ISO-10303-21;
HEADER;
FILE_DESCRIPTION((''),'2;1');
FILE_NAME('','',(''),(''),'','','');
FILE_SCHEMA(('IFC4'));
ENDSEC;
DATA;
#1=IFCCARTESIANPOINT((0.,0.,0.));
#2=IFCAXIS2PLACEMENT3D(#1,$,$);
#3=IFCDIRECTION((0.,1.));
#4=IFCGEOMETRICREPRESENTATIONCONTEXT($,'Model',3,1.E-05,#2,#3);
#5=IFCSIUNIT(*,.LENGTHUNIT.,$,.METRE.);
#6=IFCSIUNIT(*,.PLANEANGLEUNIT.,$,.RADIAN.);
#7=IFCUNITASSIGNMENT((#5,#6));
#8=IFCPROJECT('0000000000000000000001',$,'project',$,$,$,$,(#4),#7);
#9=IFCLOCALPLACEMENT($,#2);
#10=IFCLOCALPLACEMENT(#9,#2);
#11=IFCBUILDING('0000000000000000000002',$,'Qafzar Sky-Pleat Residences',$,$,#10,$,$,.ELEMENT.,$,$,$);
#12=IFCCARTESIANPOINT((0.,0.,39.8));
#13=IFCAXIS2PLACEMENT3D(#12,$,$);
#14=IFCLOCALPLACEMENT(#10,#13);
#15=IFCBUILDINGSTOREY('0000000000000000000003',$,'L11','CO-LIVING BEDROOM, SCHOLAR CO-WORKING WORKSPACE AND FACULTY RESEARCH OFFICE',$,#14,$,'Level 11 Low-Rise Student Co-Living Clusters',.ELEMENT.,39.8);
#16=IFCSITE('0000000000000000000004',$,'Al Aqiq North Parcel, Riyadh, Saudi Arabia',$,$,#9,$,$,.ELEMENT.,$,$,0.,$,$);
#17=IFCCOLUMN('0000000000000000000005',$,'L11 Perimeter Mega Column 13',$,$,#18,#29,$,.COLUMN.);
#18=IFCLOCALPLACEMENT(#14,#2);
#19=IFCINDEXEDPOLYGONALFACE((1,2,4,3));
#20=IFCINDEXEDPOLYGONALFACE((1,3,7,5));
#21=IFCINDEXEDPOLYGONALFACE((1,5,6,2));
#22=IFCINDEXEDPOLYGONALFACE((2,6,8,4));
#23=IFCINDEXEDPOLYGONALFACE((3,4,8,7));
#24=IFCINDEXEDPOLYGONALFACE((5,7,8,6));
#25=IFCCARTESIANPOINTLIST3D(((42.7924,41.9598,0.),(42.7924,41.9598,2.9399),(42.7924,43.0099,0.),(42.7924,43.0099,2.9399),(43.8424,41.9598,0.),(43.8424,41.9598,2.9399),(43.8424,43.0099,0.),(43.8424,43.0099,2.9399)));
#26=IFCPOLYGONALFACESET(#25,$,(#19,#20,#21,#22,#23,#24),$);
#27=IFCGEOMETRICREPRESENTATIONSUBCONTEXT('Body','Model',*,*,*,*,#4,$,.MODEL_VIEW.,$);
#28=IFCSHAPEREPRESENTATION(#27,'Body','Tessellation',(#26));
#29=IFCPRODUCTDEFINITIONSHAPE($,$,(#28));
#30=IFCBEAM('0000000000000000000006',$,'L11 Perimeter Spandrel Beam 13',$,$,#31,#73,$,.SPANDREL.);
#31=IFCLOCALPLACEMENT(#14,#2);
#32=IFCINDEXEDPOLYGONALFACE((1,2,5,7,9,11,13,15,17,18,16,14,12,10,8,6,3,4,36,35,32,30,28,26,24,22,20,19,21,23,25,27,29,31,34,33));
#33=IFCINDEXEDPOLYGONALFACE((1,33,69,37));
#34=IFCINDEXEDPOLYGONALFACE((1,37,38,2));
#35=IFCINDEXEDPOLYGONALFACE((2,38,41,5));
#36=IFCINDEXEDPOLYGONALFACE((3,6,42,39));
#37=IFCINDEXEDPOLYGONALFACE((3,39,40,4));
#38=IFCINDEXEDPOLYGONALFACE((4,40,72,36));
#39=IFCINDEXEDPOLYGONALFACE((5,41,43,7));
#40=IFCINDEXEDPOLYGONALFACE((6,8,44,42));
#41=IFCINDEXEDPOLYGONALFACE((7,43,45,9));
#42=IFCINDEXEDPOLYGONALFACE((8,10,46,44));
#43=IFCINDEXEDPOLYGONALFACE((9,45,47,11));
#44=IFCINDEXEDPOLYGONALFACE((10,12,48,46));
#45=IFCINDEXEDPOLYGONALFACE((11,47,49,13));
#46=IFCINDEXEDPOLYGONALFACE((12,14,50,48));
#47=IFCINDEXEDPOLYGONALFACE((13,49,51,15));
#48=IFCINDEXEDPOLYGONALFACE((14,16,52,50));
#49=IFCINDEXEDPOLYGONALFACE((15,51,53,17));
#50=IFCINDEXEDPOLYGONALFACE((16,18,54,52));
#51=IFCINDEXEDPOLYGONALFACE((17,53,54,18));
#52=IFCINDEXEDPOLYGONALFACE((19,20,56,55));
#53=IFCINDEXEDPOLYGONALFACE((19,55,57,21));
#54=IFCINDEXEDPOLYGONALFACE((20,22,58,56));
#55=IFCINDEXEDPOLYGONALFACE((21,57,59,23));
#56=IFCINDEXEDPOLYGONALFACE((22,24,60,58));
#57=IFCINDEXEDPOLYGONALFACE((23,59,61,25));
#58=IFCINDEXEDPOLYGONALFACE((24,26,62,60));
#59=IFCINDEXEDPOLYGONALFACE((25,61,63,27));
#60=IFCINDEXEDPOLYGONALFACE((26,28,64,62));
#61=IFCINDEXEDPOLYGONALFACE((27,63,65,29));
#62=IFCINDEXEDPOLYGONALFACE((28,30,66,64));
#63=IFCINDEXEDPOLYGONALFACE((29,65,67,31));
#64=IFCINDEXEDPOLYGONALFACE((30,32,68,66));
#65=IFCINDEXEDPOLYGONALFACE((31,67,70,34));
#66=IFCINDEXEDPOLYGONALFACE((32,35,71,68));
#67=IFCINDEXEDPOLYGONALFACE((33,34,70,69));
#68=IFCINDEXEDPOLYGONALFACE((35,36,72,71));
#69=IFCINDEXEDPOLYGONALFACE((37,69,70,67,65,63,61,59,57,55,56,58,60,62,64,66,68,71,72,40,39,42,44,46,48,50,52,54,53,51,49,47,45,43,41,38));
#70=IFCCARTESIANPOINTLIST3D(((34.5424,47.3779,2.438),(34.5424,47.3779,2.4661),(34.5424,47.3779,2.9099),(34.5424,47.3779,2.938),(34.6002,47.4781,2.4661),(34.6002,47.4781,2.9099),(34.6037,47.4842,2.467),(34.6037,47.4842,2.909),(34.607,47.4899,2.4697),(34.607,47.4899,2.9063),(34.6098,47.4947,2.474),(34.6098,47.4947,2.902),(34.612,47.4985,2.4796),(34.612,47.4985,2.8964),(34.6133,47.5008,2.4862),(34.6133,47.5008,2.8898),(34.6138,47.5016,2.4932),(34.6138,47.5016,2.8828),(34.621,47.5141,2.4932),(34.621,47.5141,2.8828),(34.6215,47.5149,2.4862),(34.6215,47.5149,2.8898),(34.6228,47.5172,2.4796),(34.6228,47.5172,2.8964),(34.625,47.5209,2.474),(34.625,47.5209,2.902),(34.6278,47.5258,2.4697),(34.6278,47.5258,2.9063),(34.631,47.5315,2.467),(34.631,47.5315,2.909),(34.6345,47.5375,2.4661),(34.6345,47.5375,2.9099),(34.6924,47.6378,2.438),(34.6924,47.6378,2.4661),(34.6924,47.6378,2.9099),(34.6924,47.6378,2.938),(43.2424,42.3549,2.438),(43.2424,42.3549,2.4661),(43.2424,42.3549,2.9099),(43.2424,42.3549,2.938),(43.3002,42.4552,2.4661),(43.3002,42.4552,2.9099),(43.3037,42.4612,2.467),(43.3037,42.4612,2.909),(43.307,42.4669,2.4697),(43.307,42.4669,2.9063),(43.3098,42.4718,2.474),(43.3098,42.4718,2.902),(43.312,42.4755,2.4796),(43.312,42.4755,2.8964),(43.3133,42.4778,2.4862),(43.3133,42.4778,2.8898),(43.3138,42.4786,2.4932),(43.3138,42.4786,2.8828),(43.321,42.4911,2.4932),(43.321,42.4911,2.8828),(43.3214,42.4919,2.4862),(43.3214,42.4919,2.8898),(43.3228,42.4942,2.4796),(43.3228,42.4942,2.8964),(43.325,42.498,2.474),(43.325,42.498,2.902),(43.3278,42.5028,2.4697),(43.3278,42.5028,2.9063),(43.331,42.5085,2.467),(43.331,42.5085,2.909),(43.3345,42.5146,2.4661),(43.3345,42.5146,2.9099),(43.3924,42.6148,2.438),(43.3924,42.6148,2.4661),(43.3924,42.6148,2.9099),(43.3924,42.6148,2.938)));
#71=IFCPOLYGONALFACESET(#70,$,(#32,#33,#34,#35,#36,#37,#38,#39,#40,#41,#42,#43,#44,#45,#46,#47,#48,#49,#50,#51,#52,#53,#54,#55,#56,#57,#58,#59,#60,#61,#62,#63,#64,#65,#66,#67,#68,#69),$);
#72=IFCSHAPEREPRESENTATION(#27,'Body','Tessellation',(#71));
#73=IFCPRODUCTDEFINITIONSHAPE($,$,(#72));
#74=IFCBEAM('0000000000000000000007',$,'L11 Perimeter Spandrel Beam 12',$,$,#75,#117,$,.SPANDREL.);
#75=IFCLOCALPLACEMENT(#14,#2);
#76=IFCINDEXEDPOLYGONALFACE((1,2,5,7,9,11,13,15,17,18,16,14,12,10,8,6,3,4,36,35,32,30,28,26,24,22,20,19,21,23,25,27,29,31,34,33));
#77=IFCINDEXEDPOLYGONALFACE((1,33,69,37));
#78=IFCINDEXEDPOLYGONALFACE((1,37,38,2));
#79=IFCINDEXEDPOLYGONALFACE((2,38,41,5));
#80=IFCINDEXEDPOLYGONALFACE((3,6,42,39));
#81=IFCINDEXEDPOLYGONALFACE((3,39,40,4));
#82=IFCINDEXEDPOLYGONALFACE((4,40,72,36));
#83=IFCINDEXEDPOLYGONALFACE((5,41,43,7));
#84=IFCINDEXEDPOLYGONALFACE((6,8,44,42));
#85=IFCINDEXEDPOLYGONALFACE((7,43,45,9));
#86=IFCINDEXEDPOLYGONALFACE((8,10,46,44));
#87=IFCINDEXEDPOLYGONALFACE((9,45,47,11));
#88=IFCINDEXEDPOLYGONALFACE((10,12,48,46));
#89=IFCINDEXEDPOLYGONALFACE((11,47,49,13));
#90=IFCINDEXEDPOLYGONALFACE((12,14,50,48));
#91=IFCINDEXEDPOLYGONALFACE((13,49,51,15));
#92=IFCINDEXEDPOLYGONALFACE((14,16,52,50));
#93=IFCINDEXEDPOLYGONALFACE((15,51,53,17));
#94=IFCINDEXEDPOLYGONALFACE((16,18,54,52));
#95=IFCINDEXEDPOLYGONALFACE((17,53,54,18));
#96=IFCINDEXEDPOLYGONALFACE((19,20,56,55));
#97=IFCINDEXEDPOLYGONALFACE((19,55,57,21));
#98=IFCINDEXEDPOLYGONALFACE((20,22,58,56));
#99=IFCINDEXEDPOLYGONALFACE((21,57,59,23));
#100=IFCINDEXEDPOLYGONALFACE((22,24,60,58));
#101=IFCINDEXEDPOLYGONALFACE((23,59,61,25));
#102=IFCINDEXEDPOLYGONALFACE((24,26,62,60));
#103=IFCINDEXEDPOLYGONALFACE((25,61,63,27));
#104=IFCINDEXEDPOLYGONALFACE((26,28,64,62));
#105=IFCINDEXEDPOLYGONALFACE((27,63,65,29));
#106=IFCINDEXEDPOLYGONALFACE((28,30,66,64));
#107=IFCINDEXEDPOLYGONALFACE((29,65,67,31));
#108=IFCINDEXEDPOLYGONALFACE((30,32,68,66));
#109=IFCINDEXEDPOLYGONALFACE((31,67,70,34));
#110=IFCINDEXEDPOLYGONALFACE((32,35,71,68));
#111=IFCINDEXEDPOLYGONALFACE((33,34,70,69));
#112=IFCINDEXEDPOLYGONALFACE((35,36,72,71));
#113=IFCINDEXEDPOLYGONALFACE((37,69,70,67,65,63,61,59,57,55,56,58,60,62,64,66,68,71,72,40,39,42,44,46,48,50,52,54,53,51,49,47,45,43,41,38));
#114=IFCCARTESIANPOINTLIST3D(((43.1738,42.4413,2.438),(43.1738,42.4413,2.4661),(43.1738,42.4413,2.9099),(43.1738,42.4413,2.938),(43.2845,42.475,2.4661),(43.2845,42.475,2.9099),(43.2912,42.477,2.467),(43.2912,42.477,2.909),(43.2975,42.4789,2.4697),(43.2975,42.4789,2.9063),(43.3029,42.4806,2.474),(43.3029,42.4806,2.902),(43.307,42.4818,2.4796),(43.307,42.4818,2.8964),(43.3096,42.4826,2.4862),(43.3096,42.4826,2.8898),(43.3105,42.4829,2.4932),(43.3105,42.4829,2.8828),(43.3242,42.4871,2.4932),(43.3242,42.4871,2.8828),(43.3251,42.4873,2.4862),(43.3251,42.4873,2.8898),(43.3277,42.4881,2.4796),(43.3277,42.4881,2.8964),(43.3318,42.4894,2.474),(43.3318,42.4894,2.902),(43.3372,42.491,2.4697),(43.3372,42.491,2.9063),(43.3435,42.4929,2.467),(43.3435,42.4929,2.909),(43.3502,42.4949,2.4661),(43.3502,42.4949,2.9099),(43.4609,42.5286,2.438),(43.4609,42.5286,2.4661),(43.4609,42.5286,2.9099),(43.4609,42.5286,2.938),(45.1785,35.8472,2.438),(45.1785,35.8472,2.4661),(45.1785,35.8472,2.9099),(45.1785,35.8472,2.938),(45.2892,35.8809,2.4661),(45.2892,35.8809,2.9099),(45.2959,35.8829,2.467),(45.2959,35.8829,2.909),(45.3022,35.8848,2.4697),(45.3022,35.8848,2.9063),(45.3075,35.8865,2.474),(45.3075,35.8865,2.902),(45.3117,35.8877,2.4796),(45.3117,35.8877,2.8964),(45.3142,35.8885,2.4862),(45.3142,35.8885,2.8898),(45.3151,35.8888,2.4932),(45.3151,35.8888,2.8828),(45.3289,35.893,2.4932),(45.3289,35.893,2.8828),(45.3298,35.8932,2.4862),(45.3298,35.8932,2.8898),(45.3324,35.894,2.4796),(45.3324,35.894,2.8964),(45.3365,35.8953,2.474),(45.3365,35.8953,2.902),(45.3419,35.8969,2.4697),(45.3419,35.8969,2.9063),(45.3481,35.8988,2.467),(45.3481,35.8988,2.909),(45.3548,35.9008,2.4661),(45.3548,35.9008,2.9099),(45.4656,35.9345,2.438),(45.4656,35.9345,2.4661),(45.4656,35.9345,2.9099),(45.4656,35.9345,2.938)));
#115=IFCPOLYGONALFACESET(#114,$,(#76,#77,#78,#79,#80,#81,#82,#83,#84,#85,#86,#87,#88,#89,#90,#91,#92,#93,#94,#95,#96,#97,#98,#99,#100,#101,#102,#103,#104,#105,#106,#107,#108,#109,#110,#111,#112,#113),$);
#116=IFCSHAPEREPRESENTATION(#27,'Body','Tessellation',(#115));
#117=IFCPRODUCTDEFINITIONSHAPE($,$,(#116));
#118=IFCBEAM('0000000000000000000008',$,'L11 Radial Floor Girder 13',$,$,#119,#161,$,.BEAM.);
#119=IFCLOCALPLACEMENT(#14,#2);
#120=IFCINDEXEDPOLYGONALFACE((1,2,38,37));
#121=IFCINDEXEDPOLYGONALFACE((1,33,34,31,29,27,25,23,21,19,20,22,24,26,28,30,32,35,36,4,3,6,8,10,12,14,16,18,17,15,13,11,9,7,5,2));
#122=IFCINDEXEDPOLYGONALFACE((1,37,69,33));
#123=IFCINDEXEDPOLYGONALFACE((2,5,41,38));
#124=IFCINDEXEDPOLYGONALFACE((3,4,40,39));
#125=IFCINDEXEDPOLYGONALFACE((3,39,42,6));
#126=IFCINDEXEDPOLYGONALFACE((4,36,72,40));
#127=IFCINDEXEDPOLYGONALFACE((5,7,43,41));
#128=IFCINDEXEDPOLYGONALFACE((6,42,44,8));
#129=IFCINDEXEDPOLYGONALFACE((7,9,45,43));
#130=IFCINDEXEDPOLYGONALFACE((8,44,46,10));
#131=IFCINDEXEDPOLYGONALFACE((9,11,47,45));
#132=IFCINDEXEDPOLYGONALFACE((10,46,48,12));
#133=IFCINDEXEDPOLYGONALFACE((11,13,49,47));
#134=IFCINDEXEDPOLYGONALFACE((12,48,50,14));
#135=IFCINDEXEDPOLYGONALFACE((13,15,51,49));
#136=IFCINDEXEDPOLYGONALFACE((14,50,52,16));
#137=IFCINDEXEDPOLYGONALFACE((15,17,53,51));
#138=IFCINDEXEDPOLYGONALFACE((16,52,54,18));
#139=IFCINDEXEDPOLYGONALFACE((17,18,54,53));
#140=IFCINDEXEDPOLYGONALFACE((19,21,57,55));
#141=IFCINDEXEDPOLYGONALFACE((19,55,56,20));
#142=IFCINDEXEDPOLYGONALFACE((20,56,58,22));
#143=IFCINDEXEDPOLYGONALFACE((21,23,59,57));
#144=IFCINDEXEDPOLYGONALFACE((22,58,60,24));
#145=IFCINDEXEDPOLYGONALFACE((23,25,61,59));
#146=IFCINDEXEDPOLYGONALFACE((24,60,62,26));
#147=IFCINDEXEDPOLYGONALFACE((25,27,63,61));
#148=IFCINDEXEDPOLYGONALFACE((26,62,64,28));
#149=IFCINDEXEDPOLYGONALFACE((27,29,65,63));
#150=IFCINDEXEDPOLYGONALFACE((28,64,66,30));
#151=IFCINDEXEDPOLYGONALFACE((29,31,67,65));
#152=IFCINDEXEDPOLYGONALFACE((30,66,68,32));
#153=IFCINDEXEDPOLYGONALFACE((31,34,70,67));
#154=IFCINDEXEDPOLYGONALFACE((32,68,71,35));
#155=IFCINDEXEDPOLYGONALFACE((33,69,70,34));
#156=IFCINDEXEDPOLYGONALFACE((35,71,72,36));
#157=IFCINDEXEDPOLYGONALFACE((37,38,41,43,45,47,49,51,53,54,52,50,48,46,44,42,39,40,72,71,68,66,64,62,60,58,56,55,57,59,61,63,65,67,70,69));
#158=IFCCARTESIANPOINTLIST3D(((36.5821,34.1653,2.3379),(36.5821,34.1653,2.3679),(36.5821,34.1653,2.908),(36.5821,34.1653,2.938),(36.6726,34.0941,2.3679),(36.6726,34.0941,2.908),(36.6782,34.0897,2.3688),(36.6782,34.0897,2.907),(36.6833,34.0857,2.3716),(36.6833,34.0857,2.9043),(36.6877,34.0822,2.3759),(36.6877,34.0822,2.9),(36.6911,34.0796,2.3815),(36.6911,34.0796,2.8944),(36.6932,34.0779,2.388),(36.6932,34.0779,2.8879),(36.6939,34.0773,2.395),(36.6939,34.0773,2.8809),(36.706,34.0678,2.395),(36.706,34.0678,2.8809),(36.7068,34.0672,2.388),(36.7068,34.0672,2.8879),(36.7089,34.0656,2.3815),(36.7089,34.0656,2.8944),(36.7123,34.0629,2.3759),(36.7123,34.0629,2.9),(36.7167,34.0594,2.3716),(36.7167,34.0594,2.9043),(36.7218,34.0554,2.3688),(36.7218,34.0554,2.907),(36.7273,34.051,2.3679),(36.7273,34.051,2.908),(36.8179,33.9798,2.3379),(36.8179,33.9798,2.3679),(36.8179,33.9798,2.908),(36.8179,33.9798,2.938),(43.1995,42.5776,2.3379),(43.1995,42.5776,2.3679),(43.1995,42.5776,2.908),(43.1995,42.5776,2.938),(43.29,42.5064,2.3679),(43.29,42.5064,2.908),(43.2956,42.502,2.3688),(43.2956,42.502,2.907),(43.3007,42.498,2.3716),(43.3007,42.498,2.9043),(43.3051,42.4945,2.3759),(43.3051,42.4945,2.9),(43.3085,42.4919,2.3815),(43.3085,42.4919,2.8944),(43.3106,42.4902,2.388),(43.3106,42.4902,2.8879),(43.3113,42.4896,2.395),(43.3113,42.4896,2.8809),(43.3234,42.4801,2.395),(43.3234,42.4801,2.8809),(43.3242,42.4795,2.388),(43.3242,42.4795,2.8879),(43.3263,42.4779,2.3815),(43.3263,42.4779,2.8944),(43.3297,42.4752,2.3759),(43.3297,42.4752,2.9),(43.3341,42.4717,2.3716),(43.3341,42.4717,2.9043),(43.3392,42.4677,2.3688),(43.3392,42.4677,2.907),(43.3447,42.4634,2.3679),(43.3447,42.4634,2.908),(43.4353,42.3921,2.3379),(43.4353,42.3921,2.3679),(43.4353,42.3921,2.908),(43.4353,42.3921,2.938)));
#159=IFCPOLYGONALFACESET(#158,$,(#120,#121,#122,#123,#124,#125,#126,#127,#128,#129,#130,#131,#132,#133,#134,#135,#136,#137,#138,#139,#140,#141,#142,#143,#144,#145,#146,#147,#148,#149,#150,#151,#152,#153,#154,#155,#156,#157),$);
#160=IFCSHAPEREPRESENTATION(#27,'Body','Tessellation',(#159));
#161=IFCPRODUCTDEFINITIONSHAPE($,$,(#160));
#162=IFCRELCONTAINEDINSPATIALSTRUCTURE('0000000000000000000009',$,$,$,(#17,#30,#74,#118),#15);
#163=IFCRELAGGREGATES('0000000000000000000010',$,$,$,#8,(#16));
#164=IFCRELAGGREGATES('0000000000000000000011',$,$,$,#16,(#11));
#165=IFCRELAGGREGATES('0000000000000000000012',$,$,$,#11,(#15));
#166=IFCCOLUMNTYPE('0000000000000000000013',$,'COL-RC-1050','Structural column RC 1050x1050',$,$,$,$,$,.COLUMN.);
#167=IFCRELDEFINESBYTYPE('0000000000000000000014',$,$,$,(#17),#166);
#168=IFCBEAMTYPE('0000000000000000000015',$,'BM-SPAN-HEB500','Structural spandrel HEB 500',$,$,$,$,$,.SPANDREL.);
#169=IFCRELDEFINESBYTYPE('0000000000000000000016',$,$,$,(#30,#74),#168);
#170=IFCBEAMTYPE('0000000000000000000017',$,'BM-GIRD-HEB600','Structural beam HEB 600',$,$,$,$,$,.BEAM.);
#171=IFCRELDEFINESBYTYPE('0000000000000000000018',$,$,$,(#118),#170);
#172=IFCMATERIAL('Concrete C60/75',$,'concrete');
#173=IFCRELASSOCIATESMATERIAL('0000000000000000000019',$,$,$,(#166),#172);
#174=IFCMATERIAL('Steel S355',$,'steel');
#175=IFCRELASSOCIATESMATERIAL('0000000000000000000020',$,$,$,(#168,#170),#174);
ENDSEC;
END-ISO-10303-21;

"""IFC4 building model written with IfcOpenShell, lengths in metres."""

from ifc_helpers import new_model, si_unit, direction, frame, origin, origin_2d, place, context, subcontext, project, spatial, rectangle, i_section, extrude, source, transform, mapped, material, material_profile, profile_set, type_object, element, save


model = new_model("IFC4")

# Units and contexts
model_context = context("Model", 3, precision=1e-05, world=origin(), true_north=direction((0.0, 1.0)))
body_context = subcontext(model_context, "Body", "Model", "MODEL_VIEW")
ifc_project = project(units=[si_unit("LENGTHUNIT", "METRE"), si_unit("PLANEANGLEUNIT", "RADIAN")], contexts=[model_context])

# Site, building, storey
site_placement = place(None, origin())
site = spatial("IfcSite", under=ifc_project, at=site_placement, Name="Al Aqiq North Parcel, Riyadh, Saudi Arabia", CompositionType="ELEMENT", RefElevation=0.0)
building_placement = place(site_placement, origin())
building = spatial("IfcBuilding", under=site, at=building_placement, Name="Qafzar Sky-Pleat Residences", CompositionType="ELEMENT")
storey_placement = place(building_placement, frame((0.0, 0.0, 39.8)))
storey = spatial("IfcBuildingStorey", under=building, at=storey_placement, Name="L11", Description="CO-LIVING BEDROOM, SCHOLAR CO-WORKING WORKSPACE AND FACULTY RESEARCH OFFICE", LongName="Level 11 Low-Rise Student Co-Living Clusters", CompositionType="ELEMENT", Elevation=39.8)

# Column
ifc_material_1 = material(Name="Concrete C60/75", Category="concrete")
ifc_material_profile_1 = material_profile(ifc_material_1, rectangle(XDim=1.05, YDim=1.05, at=origin_2d()), Name="RC 1050x1050")
ifc_profile_set_1 = profile_set([ifc_material_profile_1], Name="Concrete C60/75")
column_type = type_object("IfcColumnType", Name="COL-RC-1050", Description="Structural column RC 1050x1050", PredefinedType="COLUMN", material=ifc_profile_set_1)
shared_shape_1 = source(origin(), body_context, "Body", "SweptSolid", [
    extrude(rectangle(XDim=1.05, YDim=1.05, at=origin_2d()), origin(), (0.0, 0.0, 1.0), 2.9399),
])
column_placement = place(storey_placement, frame((43.3174, 42.4849, 0.0), z_axis=(0.0, 0.0, 1.0), x_axis=(1.0, 0.0, 0.0)))
element("IfcColumn", 1, at=column_placement, inside=storey, type_object=column_type, Name="L11 Perimeter Mega Column 13", PredefinedType="COLUMN", context=body_context, shape_type="MappedRepresentation", body=[
    mapped(shared_shape_1, transform((0.0, 0.0, 0.0), x_axis=(1.0, 0.0, 0.0), y_axis=(0.0, 1.0, 0.0), z_axis=(0.0, 0.0, 1.0), scale=1.0)),
])

# Beams
ifc_material_2 = material(Name="Steel S355", Category="steel")
ifc_material_profile_2 = material_profile(ifc_material_2, i_section(OverallWidth=0.3, OverallDepth=0.5, WebThickness=0.0144, FlangeThickness=0.0281, FilletRadius=0.0271, at=origin_2d()), Name="HEB 500")
ifc_profile_set_2 = profile_set([ifc_material_profile_2], Name="Steel S355")
beam_type_1 = type_object("IfcBeamType", Name="BM-SPAN-HEB500", Description="Structural spandrel HEB 500", PredefinedType="SPANDREL", material=ifc_profile_set_2)
shared_shape_2 = source(origin(), body_context, "Body", "SweptSolid", [
    extrude(i_section(OverallWidth=0.3, OverallDepth=0.5, WebThickness=0.0144, FlangeThickness=0.0281, FilletRadius=0.0271, at=origin_2d()), origin(), (0.0, 0.0, 1.0), 10.0459),
])
beam_1_placement = place(storey_placement, frame((43.3174, 42.4849, 2.688), z_axis=(-0.866024, 0.500002, 0.0), x_axis=(-0.500002, -0.866024, 0.0)))
element("IfcBeam", 2, at=beam_1_placement, inside=storey, type_object=beam_type_1, Name="L11 Perimeter Spandrel Beam 13", PredefinedType="SPANDREL", context=body_context, shape_type="MappedRepresentation", body=[
    mapped(shared_shape_2, transform((0.0, 0.0, 0.0), x_axis=(1.0, 0.0, 0.0), y_axis=(0.0, 1.0, 0.0), z_axis=(0.0, 0.0, 1.0), scale=1.0)),
])
shared_shape_3 = source(origin(), body_context, "Body", "SweptSolid", [
    extrude(i_section(OverallWidth=0.3, OverallDepth=0.5, WebThickness=0.0144, FlangeThickness=0.0281, FilletRadius=0.0271, at=origin_2d()), origin(), (0.0, 0.0, 1.0), 6.8921),
])
beam_2_placement = place(storey_placement, frame((45.322, 35.8909, 2.688), z_axis=(-0.290866, 0.956764, 0.0), x_axis=(-0.956764, -0.290866, 0.0)))
element("IfcBeam", 3, at=beam_2_placement, inside=storey, type_object=beam_type_1, Name="L11 Perimeter Spandrel Beam 12", PredefinedType="SPANDREL", context=body_context, shape_type="MappedRepresentation", body=[
    mapped(shared_shape_3, transform((0.0, 0.0, 0.0), x_axis=(1.0, 0.0, 0.0), y_axis=(0.0, 1.0, 0.0), z_axis=(0.0, 0.0, 1.0), scale=1.0)),
])
ifc_material_profile_3 = material_profile(ifc_material_2, i_section(OverallWidth=0.3, OverallDepth=0.6001, WebThickness=0.0154, FlangeThickness=0.03, FilletRadius=0.0271, at=origin_2d()), Name="HEB 600")
ifc_profile_set_3 = profile_set([ifc_material_profile_3], Name="Steel S355")
beam_type_2 = type_object("IfcBeamType", Name="BM-GIRD-HEB600", Description="Structural beam HEB 600", PredefinedType="BEAM", material=ifc_profile_set_3)
shared_shape_4 = source(origin(), body_context, "Body", "SweptSolid", [
    extrude(i_section(OverallWidth=0.3, OverallDepth=0.6001, WebThickness=0.0154, FlangeThickness=0.03, FilletRadius=0.0271, at=origin_2d()), origin(), (0.0, 0.0, 1.0), 10.7031),
])
beam_3_placement = place(storey_placement, frame((43.3174, 42.4849, 2.6379), z_axis=(-0.618268, -0.785968, 0.0), x_axis=(0.785968, -0.618268, 0.0)))
element("IfcBeam", 4, at=beam_3_placement, inside=storey, type_object=beam_type_2, Name="L11 Radial Floor Girder 13", PredefinedType="BEAM", context=body_context, shape_type="MappedRepresentation", body=[
    mapped(shared_shape_4, transform((0.0, 0.0, 0.0), x_axis=(1.0, 0.0, 0.0), y_axis=(0.0, 1.0, 0.0), z_axis=(0.0, 0.0, 1.0), scale=1.0)),
])

save(model, "model.ifc")
